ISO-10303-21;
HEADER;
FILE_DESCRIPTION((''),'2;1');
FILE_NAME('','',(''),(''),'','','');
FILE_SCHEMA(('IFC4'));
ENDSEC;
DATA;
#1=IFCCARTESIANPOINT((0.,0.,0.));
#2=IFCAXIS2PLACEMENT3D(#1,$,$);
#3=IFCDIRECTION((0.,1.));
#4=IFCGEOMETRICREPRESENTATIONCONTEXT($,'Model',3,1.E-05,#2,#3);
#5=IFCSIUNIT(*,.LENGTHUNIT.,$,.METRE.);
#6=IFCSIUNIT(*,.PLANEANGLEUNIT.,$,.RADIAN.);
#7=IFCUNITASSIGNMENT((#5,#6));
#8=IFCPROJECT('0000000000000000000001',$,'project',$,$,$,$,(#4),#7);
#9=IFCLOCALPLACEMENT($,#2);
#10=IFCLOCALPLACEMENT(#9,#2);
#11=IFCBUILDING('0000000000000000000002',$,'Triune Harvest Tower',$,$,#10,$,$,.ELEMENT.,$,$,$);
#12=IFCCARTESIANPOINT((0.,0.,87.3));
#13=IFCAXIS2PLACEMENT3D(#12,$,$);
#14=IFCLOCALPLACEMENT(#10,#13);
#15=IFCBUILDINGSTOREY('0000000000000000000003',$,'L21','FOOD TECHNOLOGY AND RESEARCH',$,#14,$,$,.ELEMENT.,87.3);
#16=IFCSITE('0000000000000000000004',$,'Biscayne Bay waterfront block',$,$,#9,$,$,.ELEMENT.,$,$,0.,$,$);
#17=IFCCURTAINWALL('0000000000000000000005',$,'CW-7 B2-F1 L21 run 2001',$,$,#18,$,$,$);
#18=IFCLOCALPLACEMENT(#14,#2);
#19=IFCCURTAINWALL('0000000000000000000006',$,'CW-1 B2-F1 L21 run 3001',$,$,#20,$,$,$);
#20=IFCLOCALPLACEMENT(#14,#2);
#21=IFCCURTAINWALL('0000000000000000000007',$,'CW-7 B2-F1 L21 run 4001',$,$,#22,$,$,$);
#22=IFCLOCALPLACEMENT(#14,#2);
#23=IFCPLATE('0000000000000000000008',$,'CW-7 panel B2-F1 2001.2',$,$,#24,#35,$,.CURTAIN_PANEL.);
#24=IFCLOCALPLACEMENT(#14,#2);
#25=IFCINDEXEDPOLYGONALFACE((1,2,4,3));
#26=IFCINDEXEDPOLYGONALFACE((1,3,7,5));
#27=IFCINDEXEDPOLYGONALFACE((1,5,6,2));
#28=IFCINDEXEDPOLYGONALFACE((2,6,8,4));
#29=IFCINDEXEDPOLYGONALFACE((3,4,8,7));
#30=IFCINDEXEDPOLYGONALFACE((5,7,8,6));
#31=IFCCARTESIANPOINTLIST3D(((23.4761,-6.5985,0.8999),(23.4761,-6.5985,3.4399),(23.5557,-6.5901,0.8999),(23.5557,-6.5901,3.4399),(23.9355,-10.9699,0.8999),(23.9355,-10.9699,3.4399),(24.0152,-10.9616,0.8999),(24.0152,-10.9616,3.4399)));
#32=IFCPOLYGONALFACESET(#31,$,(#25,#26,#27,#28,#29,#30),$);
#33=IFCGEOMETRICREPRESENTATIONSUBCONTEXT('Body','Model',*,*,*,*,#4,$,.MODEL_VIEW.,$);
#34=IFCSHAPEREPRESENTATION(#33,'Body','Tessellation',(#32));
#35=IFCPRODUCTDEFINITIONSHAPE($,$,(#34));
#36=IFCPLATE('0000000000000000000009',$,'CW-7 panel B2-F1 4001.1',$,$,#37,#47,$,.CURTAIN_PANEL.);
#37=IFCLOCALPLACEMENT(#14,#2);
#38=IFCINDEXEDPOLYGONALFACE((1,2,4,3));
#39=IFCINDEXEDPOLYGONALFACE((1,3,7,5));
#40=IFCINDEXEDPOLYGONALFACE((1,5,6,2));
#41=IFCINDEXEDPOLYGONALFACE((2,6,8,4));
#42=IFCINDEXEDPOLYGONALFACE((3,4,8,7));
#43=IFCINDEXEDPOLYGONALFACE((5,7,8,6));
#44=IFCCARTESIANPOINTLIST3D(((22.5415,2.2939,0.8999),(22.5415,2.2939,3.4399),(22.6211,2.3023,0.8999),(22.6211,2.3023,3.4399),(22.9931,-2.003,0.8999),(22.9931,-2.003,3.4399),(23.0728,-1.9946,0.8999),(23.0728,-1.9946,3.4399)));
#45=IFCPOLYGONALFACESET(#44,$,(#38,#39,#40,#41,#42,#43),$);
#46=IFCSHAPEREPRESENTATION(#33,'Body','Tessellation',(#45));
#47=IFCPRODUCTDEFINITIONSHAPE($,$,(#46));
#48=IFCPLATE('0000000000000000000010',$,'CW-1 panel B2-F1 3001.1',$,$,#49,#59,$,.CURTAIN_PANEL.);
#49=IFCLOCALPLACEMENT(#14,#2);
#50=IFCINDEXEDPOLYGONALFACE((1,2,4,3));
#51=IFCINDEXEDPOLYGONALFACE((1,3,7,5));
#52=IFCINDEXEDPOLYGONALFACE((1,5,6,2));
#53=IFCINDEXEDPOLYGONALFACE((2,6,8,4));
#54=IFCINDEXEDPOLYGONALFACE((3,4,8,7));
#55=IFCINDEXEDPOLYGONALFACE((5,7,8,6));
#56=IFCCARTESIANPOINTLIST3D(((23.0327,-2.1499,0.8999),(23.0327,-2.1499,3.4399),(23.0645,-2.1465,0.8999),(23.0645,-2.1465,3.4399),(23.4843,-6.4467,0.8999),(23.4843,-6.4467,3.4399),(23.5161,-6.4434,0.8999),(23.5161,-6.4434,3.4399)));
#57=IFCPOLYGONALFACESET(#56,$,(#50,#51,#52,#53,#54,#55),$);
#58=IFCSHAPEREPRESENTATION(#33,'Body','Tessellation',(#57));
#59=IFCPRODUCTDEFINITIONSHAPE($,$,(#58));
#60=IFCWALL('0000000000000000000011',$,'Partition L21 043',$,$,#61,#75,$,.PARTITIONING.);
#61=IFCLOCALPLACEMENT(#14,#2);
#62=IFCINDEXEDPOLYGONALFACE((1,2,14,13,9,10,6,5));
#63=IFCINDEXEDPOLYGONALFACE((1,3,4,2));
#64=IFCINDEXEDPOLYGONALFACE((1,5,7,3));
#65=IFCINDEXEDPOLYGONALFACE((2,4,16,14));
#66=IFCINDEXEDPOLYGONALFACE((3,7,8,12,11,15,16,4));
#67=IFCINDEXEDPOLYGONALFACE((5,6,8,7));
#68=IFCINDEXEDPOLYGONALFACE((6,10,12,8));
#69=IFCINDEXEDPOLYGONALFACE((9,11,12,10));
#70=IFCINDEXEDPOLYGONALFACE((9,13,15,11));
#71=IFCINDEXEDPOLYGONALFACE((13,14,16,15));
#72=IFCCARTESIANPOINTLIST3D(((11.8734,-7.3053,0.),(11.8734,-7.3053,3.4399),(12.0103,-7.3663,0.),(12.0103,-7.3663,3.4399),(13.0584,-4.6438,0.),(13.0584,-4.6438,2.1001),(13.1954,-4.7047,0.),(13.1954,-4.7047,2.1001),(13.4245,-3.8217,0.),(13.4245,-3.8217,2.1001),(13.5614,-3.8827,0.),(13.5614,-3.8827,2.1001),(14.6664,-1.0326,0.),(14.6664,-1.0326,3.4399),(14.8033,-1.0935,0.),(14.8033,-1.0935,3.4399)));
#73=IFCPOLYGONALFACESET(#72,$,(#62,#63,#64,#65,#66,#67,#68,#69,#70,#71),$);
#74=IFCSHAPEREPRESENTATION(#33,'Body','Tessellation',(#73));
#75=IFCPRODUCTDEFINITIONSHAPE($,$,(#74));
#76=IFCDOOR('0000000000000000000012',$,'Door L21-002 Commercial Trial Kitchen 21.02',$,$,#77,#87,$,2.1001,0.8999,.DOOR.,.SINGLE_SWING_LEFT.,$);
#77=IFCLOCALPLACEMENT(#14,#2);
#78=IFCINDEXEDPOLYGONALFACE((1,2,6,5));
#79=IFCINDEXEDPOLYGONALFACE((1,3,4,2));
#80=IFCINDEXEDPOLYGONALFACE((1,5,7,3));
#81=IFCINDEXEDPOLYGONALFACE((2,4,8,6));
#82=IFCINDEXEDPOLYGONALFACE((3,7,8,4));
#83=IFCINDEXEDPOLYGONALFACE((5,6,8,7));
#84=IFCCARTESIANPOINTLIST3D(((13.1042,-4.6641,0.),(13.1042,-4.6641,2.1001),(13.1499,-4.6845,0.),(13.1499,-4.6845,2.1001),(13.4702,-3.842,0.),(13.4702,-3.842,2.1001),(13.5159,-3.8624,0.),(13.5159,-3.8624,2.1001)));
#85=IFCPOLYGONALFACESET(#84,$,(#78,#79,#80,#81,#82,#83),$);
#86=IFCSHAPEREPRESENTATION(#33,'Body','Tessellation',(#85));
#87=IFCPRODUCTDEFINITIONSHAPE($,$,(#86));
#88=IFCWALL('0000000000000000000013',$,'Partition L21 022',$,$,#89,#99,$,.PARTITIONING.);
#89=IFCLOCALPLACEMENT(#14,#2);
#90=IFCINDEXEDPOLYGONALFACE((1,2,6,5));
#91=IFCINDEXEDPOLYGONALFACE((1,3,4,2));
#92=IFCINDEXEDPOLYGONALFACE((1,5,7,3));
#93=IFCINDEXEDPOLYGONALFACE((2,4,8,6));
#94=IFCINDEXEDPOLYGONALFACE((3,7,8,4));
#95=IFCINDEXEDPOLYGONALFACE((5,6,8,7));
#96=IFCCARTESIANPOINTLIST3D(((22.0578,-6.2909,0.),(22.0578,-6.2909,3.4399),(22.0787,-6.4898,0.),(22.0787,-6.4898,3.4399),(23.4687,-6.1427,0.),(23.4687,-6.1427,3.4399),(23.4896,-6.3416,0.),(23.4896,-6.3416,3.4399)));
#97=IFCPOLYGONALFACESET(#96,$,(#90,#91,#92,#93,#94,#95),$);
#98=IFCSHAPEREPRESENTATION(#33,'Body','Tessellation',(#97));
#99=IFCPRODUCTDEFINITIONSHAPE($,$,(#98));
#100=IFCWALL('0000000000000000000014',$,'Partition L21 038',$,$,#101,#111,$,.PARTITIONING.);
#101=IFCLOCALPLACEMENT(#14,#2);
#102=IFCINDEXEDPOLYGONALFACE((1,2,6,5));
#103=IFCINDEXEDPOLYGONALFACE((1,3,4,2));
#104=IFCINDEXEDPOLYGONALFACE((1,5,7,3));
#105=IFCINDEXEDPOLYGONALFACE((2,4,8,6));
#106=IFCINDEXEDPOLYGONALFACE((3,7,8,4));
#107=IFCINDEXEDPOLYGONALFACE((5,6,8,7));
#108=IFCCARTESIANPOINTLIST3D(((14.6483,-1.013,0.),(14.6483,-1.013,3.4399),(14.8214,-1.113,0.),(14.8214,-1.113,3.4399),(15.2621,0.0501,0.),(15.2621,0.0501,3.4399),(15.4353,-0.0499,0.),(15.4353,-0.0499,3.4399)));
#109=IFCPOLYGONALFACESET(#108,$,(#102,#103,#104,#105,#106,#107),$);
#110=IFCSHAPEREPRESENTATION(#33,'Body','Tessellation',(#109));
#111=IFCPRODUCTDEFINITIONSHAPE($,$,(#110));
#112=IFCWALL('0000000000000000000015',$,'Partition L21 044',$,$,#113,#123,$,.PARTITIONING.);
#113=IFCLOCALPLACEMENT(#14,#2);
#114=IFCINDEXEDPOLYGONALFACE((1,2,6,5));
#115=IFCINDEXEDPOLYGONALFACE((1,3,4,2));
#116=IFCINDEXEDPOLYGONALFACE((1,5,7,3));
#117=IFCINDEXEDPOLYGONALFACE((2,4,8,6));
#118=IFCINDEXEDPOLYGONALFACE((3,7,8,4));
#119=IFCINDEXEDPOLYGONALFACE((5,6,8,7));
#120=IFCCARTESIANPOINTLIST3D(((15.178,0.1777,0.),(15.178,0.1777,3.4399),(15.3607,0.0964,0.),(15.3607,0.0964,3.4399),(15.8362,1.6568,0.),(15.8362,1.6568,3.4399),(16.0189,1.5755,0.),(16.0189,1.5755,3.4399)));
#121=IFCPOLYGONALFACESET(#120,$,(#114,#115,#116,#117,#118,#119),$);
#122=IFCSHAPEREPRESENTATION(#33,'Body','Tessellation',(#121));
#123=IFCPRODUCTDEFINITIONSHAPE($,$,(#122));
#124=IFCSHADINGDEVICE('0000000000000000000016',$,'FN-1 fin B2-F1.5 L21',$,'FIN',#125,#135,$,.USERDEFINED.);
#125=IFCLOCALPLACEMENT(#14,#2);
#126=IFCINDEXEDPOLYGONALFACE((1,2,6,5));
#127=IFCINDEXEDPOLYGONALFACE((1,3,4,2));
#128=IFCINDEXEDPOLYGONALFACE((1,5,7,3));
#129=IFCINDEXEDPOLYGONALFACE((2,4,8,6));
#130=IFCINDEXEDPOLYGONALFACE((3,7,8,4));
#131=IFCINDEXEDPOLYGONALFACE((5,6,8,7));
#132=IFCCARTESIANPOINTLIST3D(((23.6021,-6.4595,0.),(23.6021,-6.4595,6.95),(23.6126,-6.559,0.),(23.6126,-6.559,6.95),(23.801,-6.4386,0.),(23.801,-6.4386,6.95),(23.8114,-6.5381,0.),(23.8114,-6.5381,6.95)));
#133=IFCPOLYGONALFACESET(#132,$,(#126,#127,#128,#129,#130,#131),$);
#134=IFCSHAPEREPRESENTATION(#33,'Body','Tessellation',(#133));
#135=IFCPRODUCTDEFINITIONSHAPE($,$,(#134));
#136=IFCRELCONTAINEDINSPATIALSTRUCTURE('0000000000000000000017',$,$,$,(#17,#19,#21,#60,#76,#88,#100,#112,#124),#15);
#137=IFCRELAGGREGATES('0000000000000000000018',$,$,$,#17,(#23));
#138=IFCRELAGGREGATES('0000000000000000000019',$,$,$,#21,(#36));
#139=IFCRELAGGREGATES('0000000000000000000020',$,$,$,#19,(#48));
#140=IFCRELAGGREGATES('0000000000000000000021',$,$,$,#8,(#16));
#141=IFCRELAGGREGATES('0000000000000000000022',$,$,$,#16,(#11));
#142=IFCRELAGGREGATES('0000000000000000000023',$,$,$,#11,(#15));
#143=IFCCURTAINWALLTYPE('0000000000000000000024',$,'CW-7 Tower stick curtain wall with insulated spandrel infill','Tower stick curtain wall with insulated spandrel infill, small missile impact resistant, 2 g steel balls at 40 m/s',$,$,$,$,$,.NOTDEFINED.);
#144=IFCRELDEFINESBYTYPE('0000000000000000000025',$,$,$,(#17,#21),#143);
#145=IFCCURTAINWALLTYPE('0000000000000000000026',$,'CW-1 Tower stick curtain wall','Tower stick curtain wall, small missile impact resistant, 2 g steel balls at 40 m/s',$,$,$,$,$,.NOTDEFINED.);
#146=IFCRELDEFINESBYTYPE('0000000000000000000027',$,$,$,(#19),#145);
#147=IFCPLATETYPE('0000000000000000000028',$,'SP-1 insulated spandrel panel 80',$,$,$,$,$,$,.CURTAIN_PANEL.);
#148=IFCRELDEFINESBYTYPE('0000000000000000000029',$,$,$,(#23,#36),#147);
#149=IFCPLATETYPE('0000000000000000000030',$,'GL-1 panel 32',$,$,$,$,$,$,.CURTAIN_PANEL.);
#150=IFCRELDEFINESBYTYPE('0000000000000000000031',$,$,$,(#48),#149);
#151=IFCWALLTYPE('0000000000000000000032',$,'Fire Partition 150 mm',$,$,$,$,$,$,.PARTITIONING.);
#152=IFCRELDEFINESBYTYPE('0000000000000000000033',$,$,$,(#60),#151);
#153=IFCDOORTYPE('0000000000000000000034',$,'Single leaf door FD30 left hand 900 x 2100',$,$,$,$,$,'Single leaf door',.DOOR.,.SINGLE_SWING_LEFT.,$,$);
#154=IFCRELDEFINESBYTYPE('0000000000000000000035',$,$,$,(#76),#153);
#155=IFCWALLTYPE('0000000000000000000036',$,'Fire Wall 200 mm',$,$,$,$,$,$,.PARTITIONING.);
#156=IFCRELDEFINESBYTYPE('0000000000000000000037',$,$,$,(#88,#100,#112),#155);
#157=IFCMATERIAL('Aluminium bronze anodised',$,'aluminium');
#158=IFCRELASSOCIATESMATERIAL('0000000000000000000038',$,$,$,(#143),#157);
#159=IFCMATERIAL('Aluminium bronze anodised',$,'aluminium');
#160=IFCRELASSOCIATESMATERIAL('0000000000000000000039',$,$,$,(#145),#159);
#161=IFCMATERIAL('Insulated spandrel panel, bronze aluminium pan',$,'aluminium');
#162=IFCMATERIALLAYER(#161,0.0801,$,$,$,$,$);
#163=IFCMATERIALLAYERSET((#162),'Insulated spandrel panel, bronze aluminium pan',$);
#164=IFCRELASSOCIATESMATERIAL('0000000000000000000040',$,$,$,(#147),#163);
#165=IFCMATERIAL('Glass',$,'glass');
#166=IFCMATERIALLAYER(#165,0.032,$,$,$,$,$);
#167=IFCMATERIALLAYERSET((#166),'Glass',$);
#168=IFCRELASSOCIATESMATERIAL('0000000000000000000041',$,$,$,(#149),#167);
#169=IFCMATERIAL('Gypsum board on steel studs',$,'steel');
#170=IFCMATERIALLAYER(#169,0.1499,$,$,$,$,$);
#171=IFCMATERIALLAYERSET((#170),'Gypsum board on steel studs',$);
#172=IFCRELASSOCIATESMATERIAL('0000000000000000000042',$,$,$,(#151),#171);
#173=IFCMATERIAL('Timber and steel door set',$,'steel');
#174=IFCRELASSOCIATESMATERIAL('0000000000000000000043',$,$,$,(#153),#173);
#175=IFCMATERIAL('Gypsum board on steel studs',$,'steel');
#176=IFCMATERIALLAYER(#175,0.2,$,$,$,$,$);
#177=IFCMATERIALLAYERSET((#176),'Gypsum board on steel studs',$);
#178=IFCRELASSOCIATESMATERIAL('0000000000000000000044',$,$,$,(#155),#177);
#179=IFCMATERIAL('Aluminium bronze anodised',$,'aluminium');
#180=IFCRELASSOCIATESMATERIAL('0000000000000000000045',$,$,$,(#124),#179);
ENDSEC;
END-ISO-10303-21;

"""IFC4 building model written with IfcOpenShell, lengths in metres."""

from ifc_helpers import new_model, si_unit, direction, frame, frame_2d, origin, origin_2d, place, context, subcontext, project, spatial, rectangle, extrude, source, transform, mapped, material, layer, layer_set, type_object, element, fill, aggregate, save


model = new_model("IFC4")

# Units and contexts
model_context = context("Model", 3, precision=1e-05, world=origin(), true_north=direction((0.0, 1.0)))
body_context = subcontext(model_context, "Body", "Model", "MODEL_VIEW")
ifc_project = project(units=[si_unit("LENGTHUNIT", "METRE"), si_unit("PLANEANGLEUNIT", "RADIAN")], contexts=[model_context])

# Site, building, storey
site_placement = place(None, origin())
site = spatial("IfcSite", under=ifc_project, at=site_placement, Name="Biscayne Bay waterfront block", CompositionType="ELEMENT", RefElevation=0.0)
building_placement = place(site_placement, origin())
building = spatial("IfcBuilding", under=site, at=building_placement, Name="Triune Harvest Tower", CompositionType="ELEMENT")
storey_placement = place(building_placement, frame((0.0, 0.0, 87.3)))
storey = spatial("IfcBuildingStorey", under=building, at=storey_placement, Name="L21", Description="FOOD TECHNOLOGY AND RESEARCH", CompositionType="ELEMENT", Elevation=87.3)

# Curtain wall
ifc_material_1 = material(Name="Aluminium bronze anodised", Category="aluminium")
curtain_wall_type_1 = type_object("IfcCurtainWallType", Name="CW-7 Tower stick curtain wall with insulated spandrel infill", Description="Tower stick curtain wall with insulated spandrel infill, small missile impact resistant, 2 g steel balls at 40 m/s", PredefinedType="NOTDEFINED", material=ifc_material_1)
curtain_wall_1_placement = place(storey_placement, origin())
curtain_wall_1 = element("IfcCurtainWall", 1, at=curtain_wall_1_placement, inside=storey, type_object=curtain_wall_type_1, Name="CW-7 B2-F1 L21 run 2001")

# Curtain wall
ifc_material_2 = material(Name="Aluminium bronze anodised", Category="aluminium")
curtain_wall_type_2 = type_object("IfcCurtainWallType", Name="CW-1 Tower stick curtain wall", Description="Tower stick curtain wall, small missile impact resistant, 2 g steel balls at 40 m/s", PredefinedType="NOTDEFINED", material=ifc_material_2)
curtain_wall_2_placement = place(storey_placement, origin())
curtain_wall_2 = element("IfcCurtainWall", 2, at=curtain_wall_2_placement, inside=storey, type_object=curtain_wall_type_2, Name="CW-1 B2-F1 L21 run 3001")

# Curtain wall
curtain_wall_3_placement = place(storey_placement, origin())
curtain_wall_3 = element("IfcCurtainWall", 3, at=curtain_wall_3_placement, inside=storey, type_object=curtain_wall_type_1, Name="CW-7 B2-F1 L21 run 4001")

# Plates
ifc_material_3 = material(Name="Insulated spandrel panel, bronze aluminium pan", Category="aluminium")
ifc_layer_1 = layer(ifc_material_3, 0.0801)
ifc_layer_set_1 = layer_set([ifc_layer_1], Name="Insulated spandrel panel, bronze aluminium pan")
plate_type_1 = type_object("IfcPlateType", Name="SP-1 insulated spandrel panel 80", PredefinedType="CURTAIN_PANEL", material=ifc_layer_set_1)
shared_shape_1 = source(origin(), body_context, "Body", "SweptSolid", [
    extrude(rectangle(XDim=4.3955, YDim=0.0801, at=origin_2d()), origin(), (0.0, 0.0, 1.0), 2.54),
])
plate_1_placement = place(storey_placement, frame((23.7456, -8.78, 0.8999), z_axis=(0.0, 0.0, 1.0), x_axis=(-0.104528, 0.994522, 0.0)))
plate_1 = element("IfcPlate", 4, at=plate_1_placement, type_object=plate_type_1, Name="CW-7 panel B2-F1 2001.2", PredefinedType="CURTAIN_PANEL", context=body_context, shape_type="MappedRepresentation", body=[
    mapped(shared_shape_1, transform((0.0, 0.0, 0.0), scale=1.0)),
])
aggregate(curtain_wall_1, [plate_1])
shared_shape_2 = source(origin(), body_context, "Body", "SweptSolid", [
    extrude(rectangle(XDim=4.3206, YDim=0.0801, at=origin_2d()), origin(), (0.0, 0.0, 1.0), 2.54),
])
plate_2_placement = place(storey_placement, frame((22.8071, 0.1497, 0.8999), z_axis=(0.0, 0.0, 1.0), x_axis=(-0.104528, 0.994522, 0.0)))
plate_2 = element("IfcPlate", 5, at=plate_2_placement, type_object=plate_type_1, Name="CW-7 panel B2-F1 4001.1", PredefinedType="CURTAIN_PANEL", context=body_context, shape_type="MappedRepresentation", body=[
    mapped(shared_shape_2, transform((0.0, 0.0, 0.0), scale=1.0)),
])
aggregate(curtain_wall_3, [plate_2])
ifc_material_4 = material(Name="Glass", Category="glass")
ifc_layer_2 = layer(ifc_material_4, 0.032)
ifc_layer_set_2 = layer_set([ifc_layer_2], Name="Glass")
plate_type_2 = type_object("IfcPlateType", Name="GL-1 panel 32", PredefinedType="CURTAIN_PANEL", material=ifc_layer_set_2)
shared_shape_3 = source(origin(), body_context, "Body", "SweptSolid", [
    extrude(rectangle(XDim=4.3206, YDim=0.032, at=origin_2d()), origin(), (0.0, 0.0, 1.0), 2.54),
])
plate_3_placement = place(storey_placement, frame((23.2744, -4.2966, 0.8999), z_axis=(0.0, 0.0, 1.0), x_axis=(-0.104528, 0.994522, 0.0)))
plate_3 = element("IfcPlate", 6, at=plate_3_placement, type_object=plate_type_2, Name="CW-1 panel B2-F1 3001.1", PredefinedType="CURTAIN_PANEL", context=body_context, shape_type="MappedRepresentation", body=[
    mapped(shared_shape_3, transform((0.0, 0.0, 0.0), scale=1.0)),
])
aggregate(curtain_wall_2, [plate_3])

# Wall, opening, door
ifc_material_5 = material(Name="Gypsum board on steel studs", Category="steel")
ifc_layer_3 = layer(ifc_material_5, 0.1499)
ifc_layer_set_3 = layer_set([ifc_layer_3], Name="Gypsum board on steel studs")
wall_type_1 = type_object("IfcWallType", Name="Fire Partition 150 mm", PredefinedType="PARTITIONING", material=ifc_layer_set_3)
wall_1_placement = place(storey_placement, frame((11.9419, -7.3357, 0.0), z_axis=(0.0, 0.0, 1.0), x_axis=(0.406759, 0.913536, 0.0)))
wall_1 = element("IfcWall", 7, at=wall_1_placement, inside=storey, type_object=wall_type_1, Name="Partition L21 043", PredefinedType="PARTITIONING", context=body_context, shape_type="SweptSolid", body=[
    extrude(rectangle(XDim=6.8665, YDim=0.1499, at=frame_2d((3.4331, 0.0))), origin(), (0.0, 0.0, 1.0), 3.4399),
])
opening_placement = place(wall_1_placement, frame((2.9133, 0.0, 0.0)))
opening = element("IfcOpeningElement", 8, at=opening_placement, cuts=wall_1, PredefinedType="OPENING", context=body_context, shape_type="SweptSolid", body=[
    extrude(rectangle(XDim=0.8999, YDim=2.1001, at=frame_2d((0.45, 1.05))), frame((0.0, 0.085, 0.0), z_axis=(0.0, -1.0, 0.0), x_axis=(1.0, 0.0, 0.0)), (0.0, 0.0, 1.0), 0.1699),
])
ifc_material_6 = material(Name="Timber and steel door set", Category="steel")
door_type = type_object("IfcDoorType", Name="Single leaf door FD30 left hand 900 x 2100", ElementType="Single leaf door", OperationType="SINGLE_SWING_LEFT", PredefinedType="DOOR", material=ifc_material_6)
door_placement = place(opening_placement, origin())
door = element("IfcDoor", 9, at=door_placement, inside=storey, type_object=door_type, Name="Door L21-002 Commercial Trial Kitchen 21.02", OperationType="SINGLE_SWING_LEFT", OverallHeight=2.1001, OverallWidth=0.8999, PredefinedType="DOOR", context=body_context, shape_type="SweptSolid", body=[
    extrude(rectangle(XDim=0.8999, YDim=2.1001, at=frame_2d((0.45, 1.05))), frame((0.0, 0.0249, 0.0), z_axis=(0.0, -1.0, 0.0), x_axis=(1.0, 0.0, 0.0)), (0.0, 0.0, 1.0), 0.05),
])
fill(opening, door)

# Walls
ifc_material_7 = material(Name="Gypsum board on steel studs", Category="steel")
ifc_layer_4 = layer(ifc_material_7, 0.2)
ifc_layer_set_4 = layer_set([ifc_layer_4], Name="Gypsum board on steel studs")
wall_type_2 = type_object("IfcWallType", Name="Fire Wall 200 mm", PredefinedType="PARTITIONING", material=ifc_layer_set_4)
wall_2_placement = place(storey_placement, frame((22.0681, -6.3904, 0.0), z_axis=(0.0, 0.0, 1.0), x_axis=(0.994529, 0.104461, 0.0)))
element("IfcWall", 10, at=wall_2_placement, inside=storey, type_object=wall_type_2, Name="Partition L21 022", PredefinedType="PARTITIONING", context=body_context, shape_type="SweptSolid", body=[
    extrude(rectangle(XDim=1.4187, YDim=0.2, at=frame_2d((0.7095, 0.0))), origin(), (0.0, 0.0, 1.0), 3.4399),
])
wall_3_placement = place(storey_placement, frame((14.7349, -1.063, 0.0), z_axis=(0.0, 0.0, 1.0), x_axis=(0.500032, 0.866007, 0.0)))
element("IfcWall", 11, at=wall_3_placement, inside=storey, type_object=wall_type_2, Name="Partition L21 038", PredefinedType="PARTITIONING", context=body_context, shape_type="SweptSolid", body=[
    extrude(rectangle(XDim=1.2275, YDim=0.2, at=frame_2d((0.6138, 0.0))), origin(), (0.0, 0.0, 1.0), 3.4399),
])
wall_4_placement = place(storey_placement, frame((15.2693, 0.137, 0.0), z_axis=(0.0, 0.0, 1.0), x_axis=(0.406586, 0.913612, 0.0)))
element("IfcWall", 12, at=wall_4_placement, inside=storey, type_object=wall_type_2, Name="Partition L21 044", PredefinedType="PARTITIONING", context=body_context, shape_type="SweptSolid", body=[
    extrude(rectangle(XDim=1.6189, YDim=0.2, at=frame_2d((0.8096, 0.0))), origin(), (0.0, 0.0, 1.0), 3.4399),
])

# Shading device
ifc_material_8 = material(Name="Aluminium bronze anodised", Category="aluminium")
shared_shape_4 = source(origin(), body_context, "Body", "SweptSolid", [
    extrude(rectangle(XDim=0.1001, YDim=0.2, at=origin_2d()), origin(), (0.0, 0.0, 1.0), 6.95),
])
shading_device_placement = place(storey_placement, frame((23.7068, -6.4988, 0.0), z_axis=(0.0, 0.0, 1.0), x_axis=(-0.104528, 0.994522, 0.0)))
element("IfcShadingDevice", 13, at=shading_device_placement, inside=storey, material=ifc_material_8, Name="FN-1 fin B2-F1.5 L21", ObjectType="FIN", PredefinedType="USERDEFINED", context=body_context, shape_type="MappedRepresentation", body=[
    mapped(shared_shape_4, transform((0.0, 0.0, 0.0), scale=1.0)),
])

save(model, "model.ifc")
